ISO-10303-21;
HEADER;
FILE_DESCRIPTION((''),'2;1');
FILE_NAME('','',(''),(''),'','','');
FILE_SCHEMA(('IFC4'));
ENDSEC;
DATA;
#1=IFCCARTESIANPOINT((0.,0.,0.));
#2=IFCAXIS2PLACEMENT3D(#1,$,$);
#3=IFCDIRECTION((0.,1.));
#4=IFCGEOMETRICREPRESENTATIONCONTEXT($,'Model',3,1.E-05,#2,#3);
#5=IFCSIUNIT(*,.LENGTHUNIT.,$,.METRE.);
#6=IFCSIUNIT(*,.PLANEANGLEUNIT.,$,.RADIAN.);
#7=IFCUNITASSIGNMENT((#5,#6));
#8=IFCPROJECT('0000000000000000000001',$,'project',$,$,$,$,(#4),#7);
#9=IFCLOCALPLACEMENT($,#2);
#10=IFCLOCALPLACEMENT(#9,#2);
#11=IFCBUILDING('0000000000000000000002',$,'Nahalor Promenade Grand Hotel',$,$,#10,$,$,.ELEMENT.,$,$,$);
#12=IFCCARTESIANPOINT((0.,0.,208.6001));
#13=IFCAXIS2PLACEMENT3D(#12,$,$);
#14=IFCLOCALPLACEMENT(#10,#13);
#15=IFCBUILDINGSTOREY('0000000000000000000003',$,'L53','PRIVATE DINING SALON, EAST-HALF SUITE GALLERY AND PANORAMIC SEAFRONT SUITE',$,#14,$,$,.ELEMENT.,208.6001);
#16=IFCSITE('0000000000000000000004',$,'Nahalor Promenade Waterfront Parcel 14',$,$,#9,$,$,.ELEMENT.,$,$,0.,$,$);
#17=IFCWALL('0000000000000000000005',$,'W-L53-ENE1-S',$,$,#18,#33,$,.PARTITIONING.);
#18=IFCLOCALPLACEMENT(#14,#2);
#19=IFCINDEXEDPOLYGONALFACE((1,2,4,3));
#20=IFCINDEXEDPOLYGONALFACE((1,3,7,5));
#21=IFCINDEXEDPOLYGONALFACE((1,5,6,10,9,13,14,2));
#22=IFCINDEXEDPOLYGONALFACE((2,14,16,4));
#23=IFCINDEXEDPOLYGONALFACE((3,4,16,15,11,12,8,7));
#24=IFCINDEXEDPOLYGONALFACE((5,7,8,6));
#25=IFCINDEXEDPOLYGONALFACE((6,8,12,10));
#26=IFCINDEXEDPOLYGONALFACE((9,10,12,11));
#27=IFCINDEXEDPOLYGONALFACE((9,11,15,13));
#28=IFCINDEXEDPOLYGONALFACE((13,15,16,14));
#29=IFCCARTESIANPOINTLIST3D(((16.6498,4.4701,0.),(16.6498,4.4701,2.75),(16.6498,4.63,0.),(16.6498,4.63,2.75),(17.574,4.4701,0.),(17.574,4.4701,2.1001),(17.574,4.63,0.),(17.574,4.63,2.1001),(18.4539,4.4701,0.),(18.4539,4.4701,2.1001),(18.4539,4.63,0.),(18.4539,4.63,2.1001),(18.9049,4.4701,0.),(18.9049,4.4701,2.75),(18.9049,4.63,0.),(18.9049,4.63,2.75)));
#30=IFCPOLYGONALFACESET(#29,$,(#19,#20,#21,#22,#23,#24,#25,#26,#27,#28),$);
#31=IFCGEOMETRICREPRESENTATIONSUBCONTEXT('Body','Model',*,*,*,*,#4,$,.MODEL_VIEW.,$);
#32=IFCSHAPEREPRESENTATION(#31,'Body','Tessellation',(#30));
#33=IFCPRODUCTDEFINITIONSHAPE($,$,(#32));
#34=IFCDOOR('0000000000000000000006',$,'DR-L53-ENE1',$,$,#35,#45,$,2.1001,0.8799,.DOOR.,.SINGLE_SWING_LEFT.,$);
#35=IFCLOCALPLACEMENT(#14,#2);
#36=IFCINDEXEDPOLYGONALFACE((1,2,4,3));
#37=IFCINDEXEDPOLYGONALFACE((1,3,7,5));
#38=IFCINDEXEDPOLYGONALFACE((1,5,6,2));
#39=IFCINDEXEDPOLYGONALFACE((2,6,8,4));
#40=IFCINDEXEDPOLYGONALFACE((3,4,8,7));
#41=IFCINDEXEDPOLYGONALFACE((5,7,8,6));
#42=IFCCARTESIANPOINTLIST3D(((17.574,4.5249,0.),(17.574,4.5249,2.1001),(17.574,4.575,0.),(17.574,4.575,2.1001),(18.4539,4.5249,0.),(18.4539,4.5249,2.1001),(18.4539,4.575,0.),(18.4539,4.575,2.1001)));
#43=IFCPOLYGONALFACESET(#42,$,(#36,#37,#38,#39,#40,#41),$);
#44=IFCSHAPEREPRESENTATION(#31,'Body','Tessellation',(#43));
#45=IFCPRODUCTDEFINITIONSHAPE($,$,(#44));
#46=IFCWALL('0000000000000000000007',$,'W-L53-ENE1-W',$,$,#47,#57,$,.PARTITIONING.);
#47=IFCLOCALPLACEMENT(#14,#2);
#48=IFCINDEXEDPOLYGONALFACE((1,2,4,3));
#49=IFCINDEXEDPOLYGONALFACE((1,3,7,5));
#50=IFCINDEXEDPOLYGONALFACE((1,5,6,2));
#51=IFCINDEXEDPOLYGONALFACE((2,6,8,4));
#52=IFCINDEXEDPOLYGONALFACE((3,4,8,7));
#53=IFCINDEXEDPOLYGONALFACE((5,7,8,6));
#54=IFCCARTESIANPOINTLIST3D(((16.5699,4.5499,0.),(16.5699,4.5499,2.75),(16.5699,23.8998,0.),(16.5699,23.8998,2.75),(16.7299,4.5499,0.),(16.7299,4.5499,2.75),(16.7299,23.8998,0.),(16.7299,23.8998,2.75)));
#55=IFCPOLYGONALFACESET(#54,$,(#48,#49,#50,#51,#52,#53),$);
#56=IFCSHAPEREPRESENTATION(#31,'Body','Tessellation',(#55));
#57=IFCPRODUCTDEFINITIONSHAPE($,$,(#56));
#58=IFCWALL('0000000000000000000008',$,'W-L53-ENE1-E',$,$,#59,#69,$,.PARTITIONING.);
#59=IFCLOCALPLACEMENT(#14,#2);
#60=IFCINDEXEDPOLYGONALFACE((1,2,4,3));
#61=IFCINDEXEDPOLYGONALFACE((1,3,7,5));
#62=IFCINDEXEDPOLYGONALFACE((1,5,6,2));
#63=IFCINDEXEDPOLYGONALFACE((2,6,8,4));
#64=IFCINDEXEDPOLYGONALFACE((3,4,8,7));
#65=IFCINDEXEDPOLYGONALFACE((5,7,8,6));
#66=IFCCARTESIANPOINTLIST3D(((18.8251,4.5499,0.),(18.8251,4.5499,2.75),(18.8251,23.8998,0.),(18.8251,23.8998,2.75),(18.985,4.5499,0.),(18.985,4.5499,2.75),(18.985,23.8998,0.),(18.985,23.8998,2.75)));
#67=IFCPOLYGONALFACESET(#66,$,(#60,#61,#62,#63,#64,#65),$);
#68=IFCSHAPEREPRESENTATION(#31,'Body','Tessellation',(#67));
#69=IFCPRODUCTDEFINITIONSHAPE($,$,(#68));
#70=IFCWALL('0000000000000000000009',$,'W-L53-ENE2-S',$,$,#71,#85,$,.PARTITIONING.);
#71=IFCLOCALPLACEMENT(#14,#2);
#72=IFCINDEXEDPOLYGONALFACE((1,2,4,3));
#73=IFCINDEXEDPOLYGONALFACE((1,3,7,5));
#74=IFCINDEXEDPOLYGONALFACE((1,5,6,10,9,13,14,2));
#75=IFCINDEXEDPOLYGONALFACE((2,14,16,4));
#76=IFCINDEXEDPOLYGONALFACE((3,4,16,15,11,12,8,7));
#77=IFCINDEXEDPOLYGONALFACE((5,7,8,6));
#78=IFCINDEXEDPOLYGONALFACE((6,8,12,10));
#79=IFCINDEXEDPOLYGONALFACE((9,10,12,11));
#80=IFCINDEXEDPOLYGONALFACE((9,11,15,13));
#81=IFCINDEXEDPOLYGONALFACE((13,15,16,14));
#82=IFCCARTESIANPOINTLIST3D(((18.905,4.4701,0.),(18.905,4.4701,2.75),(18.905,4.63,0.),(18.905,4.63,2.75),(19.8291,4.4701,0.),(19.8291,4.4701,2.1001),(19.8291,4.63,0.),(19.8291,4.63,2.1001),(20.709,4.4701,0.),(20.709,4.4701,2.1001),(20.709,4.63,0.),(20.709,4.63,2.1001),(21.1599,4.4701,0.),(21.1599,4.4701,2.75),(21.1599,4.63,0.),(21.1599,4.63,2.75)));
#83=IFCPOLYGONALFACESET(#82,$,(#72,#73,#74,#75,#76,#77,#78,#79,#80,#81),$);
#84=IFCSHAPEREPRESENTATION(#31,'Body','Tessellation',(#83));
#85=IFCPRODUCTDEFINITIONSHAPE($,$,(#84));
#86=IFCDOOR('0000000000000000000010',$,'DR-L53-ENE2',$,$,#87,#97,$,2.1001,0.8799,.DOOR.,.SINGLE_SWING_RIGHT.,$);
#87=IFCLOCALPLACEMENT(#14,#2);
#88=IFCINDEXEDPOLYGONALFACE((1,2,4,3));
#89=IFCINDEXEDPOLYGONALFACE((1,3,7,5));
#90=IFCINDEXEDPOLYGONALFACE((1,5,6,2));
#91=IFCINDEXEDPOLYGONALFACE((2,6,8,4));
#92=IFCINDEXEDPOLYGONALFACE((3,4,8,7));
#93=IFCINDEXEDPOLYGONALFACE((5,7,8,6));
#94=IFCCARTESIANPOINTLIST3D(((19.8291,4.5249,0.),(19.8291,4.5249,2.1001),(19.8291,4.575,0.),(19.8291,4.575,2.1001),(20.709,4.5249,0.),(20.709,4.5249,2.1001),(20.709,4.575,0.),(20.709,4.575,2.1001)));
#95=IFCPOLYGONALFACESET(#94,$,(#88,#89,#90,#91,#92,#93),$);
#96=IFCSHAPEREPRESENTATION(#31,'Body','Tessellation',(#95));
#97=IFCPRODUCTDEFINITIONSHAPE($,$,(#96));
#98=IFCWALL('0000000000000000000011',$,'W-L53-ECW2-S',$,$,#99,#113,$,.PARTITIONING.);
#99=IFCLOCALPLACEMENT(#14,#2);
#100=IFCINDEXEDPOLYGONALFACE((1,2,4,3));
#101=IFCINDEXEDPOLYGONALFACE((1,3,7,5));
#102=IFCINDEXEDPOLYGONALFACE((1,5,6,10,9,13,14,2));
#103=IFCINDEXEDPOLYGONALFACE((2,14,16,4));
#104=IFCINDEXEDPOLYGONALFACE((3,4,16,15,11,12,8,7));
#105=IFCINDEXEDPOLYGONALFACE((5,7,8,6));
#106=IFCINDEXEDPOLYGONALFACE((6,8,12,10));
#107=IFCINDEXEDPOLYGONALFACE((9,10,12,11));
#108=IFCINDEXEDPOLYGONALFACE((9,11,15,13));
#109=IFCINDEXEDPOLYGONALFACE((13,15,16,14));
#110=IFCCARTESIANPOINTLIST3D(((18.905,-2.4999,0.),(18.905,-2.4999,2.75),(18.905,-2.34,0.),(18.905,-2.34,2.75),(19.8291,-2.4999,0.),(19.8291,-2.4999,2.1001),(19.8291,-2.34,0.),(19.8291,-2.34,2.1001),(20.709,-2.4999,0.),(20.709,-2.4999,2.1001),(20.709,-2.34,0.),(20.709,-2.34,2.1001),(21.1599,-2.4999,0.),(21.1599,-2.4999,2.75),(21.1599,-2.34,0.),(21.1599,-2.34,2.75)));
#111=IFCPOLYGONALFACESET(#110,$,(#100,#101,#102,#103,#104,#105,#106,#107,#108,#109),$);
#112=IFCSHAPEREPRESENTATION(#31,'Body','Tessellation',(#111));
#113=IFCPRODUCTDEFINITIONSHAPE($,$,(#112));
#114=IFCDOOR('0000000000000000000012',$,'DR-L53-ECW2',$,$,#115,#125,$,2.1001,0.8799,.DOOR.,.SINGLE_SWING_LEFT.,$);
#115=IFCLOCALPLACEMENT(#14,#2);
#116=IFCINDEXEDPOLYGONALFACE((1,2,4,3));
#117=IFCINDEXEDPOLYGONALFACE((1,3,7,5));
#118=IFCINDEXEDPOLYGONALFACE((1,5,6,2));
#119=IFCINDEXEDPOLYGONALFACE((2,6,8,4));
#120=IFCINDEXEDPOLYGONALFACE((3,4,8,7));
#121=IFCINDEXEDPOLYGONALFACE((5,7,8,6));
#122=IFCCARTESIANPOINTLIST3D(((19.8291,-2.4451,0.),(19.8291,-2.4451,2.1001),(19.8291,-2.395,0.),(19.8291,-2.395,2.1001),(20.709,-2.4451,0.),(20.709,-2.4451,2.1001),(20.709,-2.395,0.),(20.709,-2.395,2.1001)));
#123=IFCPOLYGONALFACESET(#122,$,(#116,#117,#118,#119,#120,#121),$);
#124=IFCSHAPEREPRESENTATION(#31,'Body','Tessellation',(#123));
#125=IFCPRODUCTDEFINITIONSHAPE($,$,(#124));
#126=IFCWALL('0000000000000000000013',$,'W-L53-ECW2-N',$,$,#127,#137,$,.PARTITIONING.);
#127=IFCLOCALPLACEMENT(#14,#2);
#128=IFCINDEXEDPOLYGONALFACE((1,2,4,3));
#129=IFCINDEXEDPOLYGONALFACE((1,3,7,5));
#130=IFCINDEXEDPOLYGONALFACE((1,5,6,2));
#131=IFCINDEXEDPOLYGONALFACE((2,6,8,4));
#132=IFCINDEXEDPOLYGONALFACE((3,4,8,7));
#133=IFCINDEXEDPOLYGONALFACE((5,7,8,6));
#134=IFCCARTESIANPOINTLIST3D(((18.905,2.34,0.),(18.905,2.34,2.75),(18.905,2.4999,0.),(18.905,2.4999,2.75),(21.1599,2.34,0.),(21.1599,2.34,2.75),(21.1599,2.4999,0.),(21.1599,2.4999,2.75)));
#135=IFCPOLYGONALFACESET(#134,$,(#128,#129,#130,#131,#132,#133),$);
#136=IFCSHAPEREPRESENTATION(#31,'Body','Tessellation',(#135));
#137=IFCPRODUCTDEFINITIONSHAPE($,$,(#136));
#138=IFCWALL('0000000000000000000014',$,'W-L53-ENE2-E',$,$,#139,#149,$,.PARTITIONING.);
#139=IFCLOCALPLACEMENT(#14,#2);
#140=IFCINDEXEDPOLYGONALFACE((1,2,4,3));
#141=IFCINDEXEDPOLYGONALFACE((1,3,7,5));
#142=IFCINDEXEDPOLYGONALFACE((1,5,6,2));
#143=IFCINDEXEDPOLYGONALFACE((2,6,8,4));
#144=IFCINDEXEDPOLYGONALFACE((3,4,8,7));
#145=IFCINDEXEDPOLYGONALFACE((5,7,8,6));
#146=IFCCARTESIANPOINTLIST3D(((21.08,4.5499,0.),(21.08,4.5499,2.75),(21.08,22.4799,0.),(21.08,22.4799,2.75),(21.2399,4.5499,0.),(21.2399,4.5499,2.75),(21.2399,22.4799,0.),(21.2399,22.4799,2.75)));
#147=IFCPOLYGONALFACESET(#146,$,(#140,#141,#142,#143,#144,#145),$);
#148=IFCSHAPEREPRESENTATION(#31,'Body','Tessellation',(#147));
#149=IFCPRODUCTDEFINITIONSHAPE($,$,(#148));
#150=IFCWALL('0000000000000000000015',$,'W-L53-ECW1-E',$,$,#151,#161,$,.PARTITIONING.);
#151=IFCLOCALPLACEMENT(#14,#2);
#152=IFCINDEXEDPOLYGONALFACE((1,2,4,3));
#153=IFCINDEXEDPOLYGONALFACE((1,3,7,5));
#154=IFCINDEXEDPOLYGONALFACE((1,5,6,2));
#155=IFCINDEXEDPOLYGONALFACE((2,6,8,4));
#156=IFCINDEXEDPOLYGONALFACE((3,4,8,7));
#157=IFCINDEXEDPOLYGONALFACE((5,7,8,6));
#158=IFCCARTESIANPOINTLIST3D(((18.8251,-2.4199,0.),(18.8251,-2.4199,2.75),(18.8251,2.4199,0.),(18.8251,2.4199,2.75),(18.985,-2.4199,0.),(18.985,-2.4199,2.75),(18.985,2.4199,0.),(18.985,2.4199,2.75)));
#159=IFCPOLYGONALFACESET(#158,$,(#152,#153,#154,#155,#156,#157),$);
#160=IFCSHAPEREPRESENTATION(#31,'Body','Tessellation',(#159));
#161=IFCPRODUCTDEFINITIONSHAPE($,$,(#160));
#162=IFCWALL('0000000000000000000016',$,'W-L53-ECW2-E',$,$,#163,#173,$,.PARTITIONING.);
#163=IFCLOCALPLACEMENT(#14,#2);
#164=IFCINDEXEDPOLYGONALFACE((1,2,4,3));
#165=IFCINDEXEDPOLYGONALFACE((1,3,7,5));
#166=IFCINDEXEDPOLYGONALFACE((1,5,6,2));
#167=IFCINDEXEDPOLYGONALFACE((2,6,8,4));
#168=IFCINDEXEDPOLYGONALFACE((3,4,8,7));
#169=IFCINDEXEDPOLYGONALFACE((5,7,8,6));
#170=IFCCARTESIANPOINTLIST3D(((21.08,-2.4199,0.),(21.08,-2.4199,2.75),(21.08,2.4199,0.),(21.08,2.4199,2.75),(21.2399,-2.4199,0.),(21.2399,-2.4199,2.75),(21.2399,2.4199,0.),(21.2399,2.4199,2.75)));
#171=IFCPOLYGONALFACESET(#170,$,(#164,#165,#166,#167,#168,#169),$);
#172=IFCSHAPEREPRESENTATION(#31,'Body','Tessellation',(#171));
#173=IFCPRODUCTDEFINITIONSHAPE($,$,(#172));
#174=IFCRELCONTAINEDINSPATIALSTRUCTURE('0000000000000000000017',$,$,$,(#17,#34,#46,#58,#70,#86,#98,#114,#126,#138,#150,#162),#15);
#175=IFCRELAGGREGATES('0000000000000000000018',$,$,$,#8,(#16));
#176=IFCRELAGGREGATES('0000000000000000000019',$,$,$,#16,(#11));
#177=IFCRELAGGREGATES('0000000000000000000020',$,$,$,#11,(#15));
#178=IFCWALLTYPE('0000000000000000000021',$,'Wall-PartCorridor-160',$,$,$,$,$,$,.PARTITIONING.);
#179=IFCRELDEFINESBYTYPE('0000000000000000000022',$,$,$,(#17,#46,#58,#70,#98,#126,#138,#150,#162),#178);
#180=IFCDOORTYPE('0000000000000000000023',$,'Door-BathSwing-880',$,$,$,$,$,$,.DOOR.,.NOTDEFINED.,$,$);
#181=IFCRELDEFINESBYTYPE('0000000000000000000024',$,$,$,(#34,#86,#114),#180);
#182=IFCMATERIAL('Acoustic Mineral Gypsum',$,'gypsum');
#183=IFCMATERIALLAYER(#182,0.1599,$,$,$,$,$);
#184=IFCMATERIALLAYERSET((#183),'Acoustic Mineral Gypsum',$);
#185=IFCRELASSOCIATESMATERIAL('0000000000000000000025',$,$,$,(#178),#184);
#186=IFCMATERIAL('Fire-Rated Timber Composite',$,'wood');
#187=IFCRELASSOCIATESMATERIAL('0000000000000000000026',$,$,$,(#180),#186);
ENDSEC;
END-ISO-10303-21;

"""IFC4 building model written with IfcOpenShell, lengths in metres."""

from ifc_helpers import new_model, si_unit, direction, frame, frame_2d, origin, place, context, subcontext, project, spatial, rectangle, extrude, source, transform, mapped, material, layer, layer_set, type_object, element, fill, save


model = new_model("IFC4")

# Units and contexts
model_context = context("Model", 3, precision=1e-05, world=origin(), true_north=direction((0.0, 1.0)))
body_context = subcontext(model_context, "Body", "Model", "MODEL_VIEW")
ifc_project = project(units=[si_unit("LENGTHUNIT", "METRE"), si_unit("PLANEANGLEUNIT", "RADIAN")], contexts=[model_context])

# Site, building, storey
site_placement = place(None, origin())
site = spatial("IfcSite", under=ifc_project, at=site_placement, Name="Nahalor Promenade Waterfront Parcel 14", CompositionType="ELEMENT", RefElevation=0.0)
building_placement = place(site_placement, origin())
building = spatial("IfcBuilding", under=site, at=building_placement, Name="Nahalor Promenade Grand Hotel", CompositionType="ELEMENT")
storey_placement = place(building_placement, frame((0.0, 0.0, 208.6001)))
storey = spatial("IfcBuildingStorey", under=building, at=storey_placement, Name="L53", Description="PRIVATE DINING SALON, EAST-HALF SUITE GALLERY AND PANORAMIC SEAFRONT SUITE", CompositionType="ELEMENT", Elevation=208.6001)

# Wall, opening, door
ifc_material_1 = material(Name="Acoustic Mineral Gypsum", Category="gypsum")
ifc_layer_1 = layer(ifc_material_1, 0.1599)
ifc_layer_set_1 = layer_set([ifc_layer_1], Name="Acoustic Mineral Gypsum")
wall_type_1 = type_object("IfcWallType", Name="Wall-PartCorridor-160", PredefinedType="PARTITIONING", material=ifc_layer_set_1)
shared_shape_1 = source(origin(), body_context, "Body", "SweptSolid", [
    extrude(rectangle(XDim=2.2551, YDim=0.1599, at=frame_2d((1.1274, 0.0))), origin(), (0.0, 0.0, 1.0), 2.75),
])
wall_1_placement = place(storey_placement, frame((16.6499, 4.55, 0.0), z_axis=(0.0, 0.0, 1.0), x_axis=(1.0, 0.0, 0.0)))
wall_1 = element("IfcWall", 1, at=wall_1_placement, inside=storey, type_object=wall_type_1, Name="W-L53-ENE1-S", PredefinedType="PARTITIONING", context=body_context, shape_type="MappedRepresentation", body=[
    mapped(shared_shape_1, transform((0.0, 0.0, 0.0), scale=1.0)),
])
opening_1_placement = place(wall_1_placement, frame((0.9241, 0.0, 0.0)))
opening_1 = element("IfcOpeningElement", 2, at=opening_1_placement, cuts=wall_1, PredefinedType="OPENING", context=body_context, shape_type="SweptSolid", body=[
    extrude(rectangle(XDim=0.8799, YDim=2.1001, at=frame_2d((0.4399, 1.05))), frame((0.0, 0.0898, 0.0), z_axis=(0.0, -1.0, 0.0), x_axis=(1.0, 0.0, 0.0)), (0.0, 0.0, 1.0), 0.1799),
])
ifc_material_2 = material(Name="Fire-Rated Timber Composite", Category="wood")
door_type_1 = type_object("IfcDoorType", Name="Door-BathSwing-880", OperationType="NOTDEFINED", PredefinedType="DOOR", material=ifc_material_2)
shared_shape_2 = source(origin(), body_context, "Body", "SweptSolid", [
    extrude(rectangle(XDim=0.8799, YDim=2.1001, at=frame_2d((0.4399, 1.05))), frame((0.0, 0.0249, 0.0), z_axis=(0.0, -1.0, 0.0), x_axis=(1.0, 0.0, 0.0)), (0.0, 0.0, 1.0), 0.05),
])
door_1_placement = place(opening_1_placement, origin())
door_1 = element("IfcDoor", 3, at=door_1_placement, inside=storey, type_object=door_type_1, Name="DR-L53-ENE1", OperationType="SINGLE_SWING_LEFT", OverallHeight=2.1001, OverallWidth=0.8799, PredefinedType="DOOR", context=body_context, shape_type="MappedRepresentation", body=[
    mapped(shared_shape_2, transform((0.0, 0.0, 0.0), scale=1.0)),
])
fill(opening_1, door_1)

# Walls
shared_shape_3 = source(origin(), body_context, "Body", "SweptSolid", [
    extrude(rectangle(XDim=19.3499, YDim=0.1599, at=frame_2d((9.6748, 0.0))), origin(), (0.0, 0.0, 1.0), 2.75),
])
for number, where, z_axis, x_axis, name in (
    (4, (16.6499, 4.55, 0.0), (0.0, 0.0, 1.0), (0.0, 1.0, 0.0), "W-L53-ENE1-W"),
    (5, (18.905, 4.55, 0.0), (0.0, 0.0, 1.0), (0.0, 1.0, 0.0), "W-L53-ENE1-E"),
):
    element("IfcWall", number, at=place(storey_placement, frame(where, z_axis=z_axis, x_axis=x_axis)), inside=storey, type_object=wall_type_1, Name=name, PredefinedType="PARTITIONING", context=body_context, shape_type="MappedRepresentation", body=[
        mapped(shared_shape_3, transform((0.0, 0.0, 0.0), scale=1.0)),
    ])

# Walls, openings, doors
shared_shape_4 = source(origin(), body_context, "Body", "SweptSolid", [
    extrude(rectangle(XDim=2.2549, YDim=0.1599, at=frame_2d((1.1274, 0.0))), origin(), (0.0, 0.0, 1.0), 2.75),
])
wall_2_placement = place(storey_placement, frame((18.905, 4.55, 0.0), z_axis=(0.0, 0.0, 1.0), x_axis=(1.0, 0.0, 0.0)))
wall_2 = element("IfcWall", 6, at=wall_2_placement, inside=storey, type_object=wall_type_1, Name="W-L53-ENE2-S", PredefinedType="PARTITIONING", context=body_context, shape_type="MappedRepresentation", body=[
    mapped(shared_shape_4, transform((0.0, 0.0, 0.0), scale=1.0)),
])
opening_2_placement = place(wall_2_placement, frame((0.9241, 0.0, 0.0)))
opening_2 = element("IfcOpeningElement", 7, at=opening_2_placement, cuts=wall_2, PredefinedType="OPENING", context=body_context, shape_type="SweptSolid", body=[
    extrude(rectangle(XDim=0.8799, YDim=2.1001, at=frame_2d((0.4399, 1.05))), frame((0.0, 0.0898, 0.0), z_axis=(0.0, -1.0, 0.0), x_axis=(1.0, 0.0, 0.0)), (0.0, 0.0, 1.0), 0.1799),
])
door_2_placement = place(opening_2_placement, origin())
door_2 = element("IfcDoor", 8, at=door_2_placement, inside=storey, type_object=door_type_1, Name="DR-L53-ENE2", OperationType="SINGLE_SWING_RIGHT", OverallHeight=2.1001, OverallWidth=0.8799, PredefinedType="DOOR", context=body_context, shape_type="MappedRepresentation", body=[
    mapped(shared_shape_2, transform((0.0, 0.0, 0.0), scale=1.0)),
])
fill(opening_2, door_2)
wall_3_placement = place(storey_placement, frame((18.905, -2.4199, 0.0), z_axis=(0.0, 0.0, 1.0), x_axis=(1.0, 0.0, 0.0)))
wall_3 = element("IfcWall", 9, at=wall_3_placement, inside=storey, type_object=wall_type_1, Name="W-L53-ECW2-S", PredefinedType="PARTITIONING", context=body_context, shape_type="MappedRepresentation", body=[
    mapped(shared_shape_4, transform((0.0, 0.0, 0.0), scale=1.0)),
])
opening_3_placement = place(wall_3_placement, frame((0.9241, 0.0, 0.0)))
opening_3 = element("IfcOpeningElement", 10, at=opening_3_placement, cuts=wall_3, PredefinedType="OPENING", context=body_context, shape_type="SweptSolid", body=[
    extrude(rectangle(XDim=0.8799, YDim=2.1001, at=frame_2d((0.4399, 1.05))), frame((0.0, 0.0898, 0.0), z_axis=(0.0, -1.0, 0.0), x_axis=(1.0, 0.0, 0.0)), (0.0, 0.0, 1.0), 0.1799),
])
door_3_placement = place(opening_3_placement, origin())
door_3 = element("IfcDoor", 11, at=door_3_placement, inside=storey, type_object=door_type_1, Name="DR-L53-ECW2", OperationType="SINGLE_SWING_LEFT", OverallHeight=2.1001, OverallWidth=0.8799, PredefinedType="DOOR", context=body_context, shape_type="MappedRepresentation", body=[
    mapped(shared_shape_2, transform((0.0, 0.0, 0.0), scale=1.0)),
])
fill(opening_3, door_3)

# Walls
wall_4_placement = place(storey_placement, frame((18.905, 2.4199, 0.0), z_axis=(0.0, 0.0, 1.0), x_axis=(1.0, 0.0, 0.0)))
element("IfcWall", 12, at=wall_4_placement, inside=storey, type_object=wall_type_1, Name="W-L53-ECW2-N", PredefinedType="PARTITIONING", context=body_context, shape_type="MappedRepresentation", body=[
    mapped(shared_shape_4, transform((0.0, 0.0, 0.0), scale=1.0)),
])
shared_shape_5 = source(origin(), body_context, "Body", "SweptSolid", [
    extrude(rectangle(XDim=17.9299, YDim=0.1599, at=frame_2d((8.9648, 0.0))), origin(), (0.0, 0.0, 1.0), 2.75),
])
wall_5_placement = place(storey_placement, frame((21.1599, 4.55, 0.0), z_axis=(0.0, 0.0, 1.0), x_axis=(0.0, 1.0, 0.0)))
element("IfcWall", 13, at=wall_5_placement, inside=storey, type_object=wall_type_1, Name="W-L53-ENE2-E", PredefinedType="PARTITIONING", context=body_context, shape_type="MappedRepresentation", body=[
    mapped(shared_shape_5, transform((0.0, 0.0, 0.0), scale=1.0)),
])
shared_shape_6 = source(origin(), body_context, "Body", "SweptSolid", [
    extrude(rectangle(XDim=4.8398, YDim=0.1599, at=frame_2d((2.4199, 0.0))), origin(), (0.0, 0.0, 1.0), 2.75),
])
for number, where, z_axis, x_axis, name in (
    (14, (18.905, -2.4199, 0.0), (0.0, 0.0, 1.0), (0.0, 1.0, 0.0), "W-L53-ECW1-E"),
    (15, (21.1599, -2.4199, 0.0), (0.0, 0.0, 1.0), (0.0, 1.0, 0.0), "W-L53-ECW2-E"),
):
    element("IfcWall", number, at=place(storey_placement, frame(where, z_axis=z_axis, x_axis=x_axis)), inside=storey, type_object=wall_type_1, Name=name, PredefinedType="PARTITIONING", context=body_context, shape_type="MappedRepresentation", body=[
        mapped(shared_shape_6, transform((0.0, 0.0, 0.0), scale=1.0)),
    ])

save(model, "model.ifc")
